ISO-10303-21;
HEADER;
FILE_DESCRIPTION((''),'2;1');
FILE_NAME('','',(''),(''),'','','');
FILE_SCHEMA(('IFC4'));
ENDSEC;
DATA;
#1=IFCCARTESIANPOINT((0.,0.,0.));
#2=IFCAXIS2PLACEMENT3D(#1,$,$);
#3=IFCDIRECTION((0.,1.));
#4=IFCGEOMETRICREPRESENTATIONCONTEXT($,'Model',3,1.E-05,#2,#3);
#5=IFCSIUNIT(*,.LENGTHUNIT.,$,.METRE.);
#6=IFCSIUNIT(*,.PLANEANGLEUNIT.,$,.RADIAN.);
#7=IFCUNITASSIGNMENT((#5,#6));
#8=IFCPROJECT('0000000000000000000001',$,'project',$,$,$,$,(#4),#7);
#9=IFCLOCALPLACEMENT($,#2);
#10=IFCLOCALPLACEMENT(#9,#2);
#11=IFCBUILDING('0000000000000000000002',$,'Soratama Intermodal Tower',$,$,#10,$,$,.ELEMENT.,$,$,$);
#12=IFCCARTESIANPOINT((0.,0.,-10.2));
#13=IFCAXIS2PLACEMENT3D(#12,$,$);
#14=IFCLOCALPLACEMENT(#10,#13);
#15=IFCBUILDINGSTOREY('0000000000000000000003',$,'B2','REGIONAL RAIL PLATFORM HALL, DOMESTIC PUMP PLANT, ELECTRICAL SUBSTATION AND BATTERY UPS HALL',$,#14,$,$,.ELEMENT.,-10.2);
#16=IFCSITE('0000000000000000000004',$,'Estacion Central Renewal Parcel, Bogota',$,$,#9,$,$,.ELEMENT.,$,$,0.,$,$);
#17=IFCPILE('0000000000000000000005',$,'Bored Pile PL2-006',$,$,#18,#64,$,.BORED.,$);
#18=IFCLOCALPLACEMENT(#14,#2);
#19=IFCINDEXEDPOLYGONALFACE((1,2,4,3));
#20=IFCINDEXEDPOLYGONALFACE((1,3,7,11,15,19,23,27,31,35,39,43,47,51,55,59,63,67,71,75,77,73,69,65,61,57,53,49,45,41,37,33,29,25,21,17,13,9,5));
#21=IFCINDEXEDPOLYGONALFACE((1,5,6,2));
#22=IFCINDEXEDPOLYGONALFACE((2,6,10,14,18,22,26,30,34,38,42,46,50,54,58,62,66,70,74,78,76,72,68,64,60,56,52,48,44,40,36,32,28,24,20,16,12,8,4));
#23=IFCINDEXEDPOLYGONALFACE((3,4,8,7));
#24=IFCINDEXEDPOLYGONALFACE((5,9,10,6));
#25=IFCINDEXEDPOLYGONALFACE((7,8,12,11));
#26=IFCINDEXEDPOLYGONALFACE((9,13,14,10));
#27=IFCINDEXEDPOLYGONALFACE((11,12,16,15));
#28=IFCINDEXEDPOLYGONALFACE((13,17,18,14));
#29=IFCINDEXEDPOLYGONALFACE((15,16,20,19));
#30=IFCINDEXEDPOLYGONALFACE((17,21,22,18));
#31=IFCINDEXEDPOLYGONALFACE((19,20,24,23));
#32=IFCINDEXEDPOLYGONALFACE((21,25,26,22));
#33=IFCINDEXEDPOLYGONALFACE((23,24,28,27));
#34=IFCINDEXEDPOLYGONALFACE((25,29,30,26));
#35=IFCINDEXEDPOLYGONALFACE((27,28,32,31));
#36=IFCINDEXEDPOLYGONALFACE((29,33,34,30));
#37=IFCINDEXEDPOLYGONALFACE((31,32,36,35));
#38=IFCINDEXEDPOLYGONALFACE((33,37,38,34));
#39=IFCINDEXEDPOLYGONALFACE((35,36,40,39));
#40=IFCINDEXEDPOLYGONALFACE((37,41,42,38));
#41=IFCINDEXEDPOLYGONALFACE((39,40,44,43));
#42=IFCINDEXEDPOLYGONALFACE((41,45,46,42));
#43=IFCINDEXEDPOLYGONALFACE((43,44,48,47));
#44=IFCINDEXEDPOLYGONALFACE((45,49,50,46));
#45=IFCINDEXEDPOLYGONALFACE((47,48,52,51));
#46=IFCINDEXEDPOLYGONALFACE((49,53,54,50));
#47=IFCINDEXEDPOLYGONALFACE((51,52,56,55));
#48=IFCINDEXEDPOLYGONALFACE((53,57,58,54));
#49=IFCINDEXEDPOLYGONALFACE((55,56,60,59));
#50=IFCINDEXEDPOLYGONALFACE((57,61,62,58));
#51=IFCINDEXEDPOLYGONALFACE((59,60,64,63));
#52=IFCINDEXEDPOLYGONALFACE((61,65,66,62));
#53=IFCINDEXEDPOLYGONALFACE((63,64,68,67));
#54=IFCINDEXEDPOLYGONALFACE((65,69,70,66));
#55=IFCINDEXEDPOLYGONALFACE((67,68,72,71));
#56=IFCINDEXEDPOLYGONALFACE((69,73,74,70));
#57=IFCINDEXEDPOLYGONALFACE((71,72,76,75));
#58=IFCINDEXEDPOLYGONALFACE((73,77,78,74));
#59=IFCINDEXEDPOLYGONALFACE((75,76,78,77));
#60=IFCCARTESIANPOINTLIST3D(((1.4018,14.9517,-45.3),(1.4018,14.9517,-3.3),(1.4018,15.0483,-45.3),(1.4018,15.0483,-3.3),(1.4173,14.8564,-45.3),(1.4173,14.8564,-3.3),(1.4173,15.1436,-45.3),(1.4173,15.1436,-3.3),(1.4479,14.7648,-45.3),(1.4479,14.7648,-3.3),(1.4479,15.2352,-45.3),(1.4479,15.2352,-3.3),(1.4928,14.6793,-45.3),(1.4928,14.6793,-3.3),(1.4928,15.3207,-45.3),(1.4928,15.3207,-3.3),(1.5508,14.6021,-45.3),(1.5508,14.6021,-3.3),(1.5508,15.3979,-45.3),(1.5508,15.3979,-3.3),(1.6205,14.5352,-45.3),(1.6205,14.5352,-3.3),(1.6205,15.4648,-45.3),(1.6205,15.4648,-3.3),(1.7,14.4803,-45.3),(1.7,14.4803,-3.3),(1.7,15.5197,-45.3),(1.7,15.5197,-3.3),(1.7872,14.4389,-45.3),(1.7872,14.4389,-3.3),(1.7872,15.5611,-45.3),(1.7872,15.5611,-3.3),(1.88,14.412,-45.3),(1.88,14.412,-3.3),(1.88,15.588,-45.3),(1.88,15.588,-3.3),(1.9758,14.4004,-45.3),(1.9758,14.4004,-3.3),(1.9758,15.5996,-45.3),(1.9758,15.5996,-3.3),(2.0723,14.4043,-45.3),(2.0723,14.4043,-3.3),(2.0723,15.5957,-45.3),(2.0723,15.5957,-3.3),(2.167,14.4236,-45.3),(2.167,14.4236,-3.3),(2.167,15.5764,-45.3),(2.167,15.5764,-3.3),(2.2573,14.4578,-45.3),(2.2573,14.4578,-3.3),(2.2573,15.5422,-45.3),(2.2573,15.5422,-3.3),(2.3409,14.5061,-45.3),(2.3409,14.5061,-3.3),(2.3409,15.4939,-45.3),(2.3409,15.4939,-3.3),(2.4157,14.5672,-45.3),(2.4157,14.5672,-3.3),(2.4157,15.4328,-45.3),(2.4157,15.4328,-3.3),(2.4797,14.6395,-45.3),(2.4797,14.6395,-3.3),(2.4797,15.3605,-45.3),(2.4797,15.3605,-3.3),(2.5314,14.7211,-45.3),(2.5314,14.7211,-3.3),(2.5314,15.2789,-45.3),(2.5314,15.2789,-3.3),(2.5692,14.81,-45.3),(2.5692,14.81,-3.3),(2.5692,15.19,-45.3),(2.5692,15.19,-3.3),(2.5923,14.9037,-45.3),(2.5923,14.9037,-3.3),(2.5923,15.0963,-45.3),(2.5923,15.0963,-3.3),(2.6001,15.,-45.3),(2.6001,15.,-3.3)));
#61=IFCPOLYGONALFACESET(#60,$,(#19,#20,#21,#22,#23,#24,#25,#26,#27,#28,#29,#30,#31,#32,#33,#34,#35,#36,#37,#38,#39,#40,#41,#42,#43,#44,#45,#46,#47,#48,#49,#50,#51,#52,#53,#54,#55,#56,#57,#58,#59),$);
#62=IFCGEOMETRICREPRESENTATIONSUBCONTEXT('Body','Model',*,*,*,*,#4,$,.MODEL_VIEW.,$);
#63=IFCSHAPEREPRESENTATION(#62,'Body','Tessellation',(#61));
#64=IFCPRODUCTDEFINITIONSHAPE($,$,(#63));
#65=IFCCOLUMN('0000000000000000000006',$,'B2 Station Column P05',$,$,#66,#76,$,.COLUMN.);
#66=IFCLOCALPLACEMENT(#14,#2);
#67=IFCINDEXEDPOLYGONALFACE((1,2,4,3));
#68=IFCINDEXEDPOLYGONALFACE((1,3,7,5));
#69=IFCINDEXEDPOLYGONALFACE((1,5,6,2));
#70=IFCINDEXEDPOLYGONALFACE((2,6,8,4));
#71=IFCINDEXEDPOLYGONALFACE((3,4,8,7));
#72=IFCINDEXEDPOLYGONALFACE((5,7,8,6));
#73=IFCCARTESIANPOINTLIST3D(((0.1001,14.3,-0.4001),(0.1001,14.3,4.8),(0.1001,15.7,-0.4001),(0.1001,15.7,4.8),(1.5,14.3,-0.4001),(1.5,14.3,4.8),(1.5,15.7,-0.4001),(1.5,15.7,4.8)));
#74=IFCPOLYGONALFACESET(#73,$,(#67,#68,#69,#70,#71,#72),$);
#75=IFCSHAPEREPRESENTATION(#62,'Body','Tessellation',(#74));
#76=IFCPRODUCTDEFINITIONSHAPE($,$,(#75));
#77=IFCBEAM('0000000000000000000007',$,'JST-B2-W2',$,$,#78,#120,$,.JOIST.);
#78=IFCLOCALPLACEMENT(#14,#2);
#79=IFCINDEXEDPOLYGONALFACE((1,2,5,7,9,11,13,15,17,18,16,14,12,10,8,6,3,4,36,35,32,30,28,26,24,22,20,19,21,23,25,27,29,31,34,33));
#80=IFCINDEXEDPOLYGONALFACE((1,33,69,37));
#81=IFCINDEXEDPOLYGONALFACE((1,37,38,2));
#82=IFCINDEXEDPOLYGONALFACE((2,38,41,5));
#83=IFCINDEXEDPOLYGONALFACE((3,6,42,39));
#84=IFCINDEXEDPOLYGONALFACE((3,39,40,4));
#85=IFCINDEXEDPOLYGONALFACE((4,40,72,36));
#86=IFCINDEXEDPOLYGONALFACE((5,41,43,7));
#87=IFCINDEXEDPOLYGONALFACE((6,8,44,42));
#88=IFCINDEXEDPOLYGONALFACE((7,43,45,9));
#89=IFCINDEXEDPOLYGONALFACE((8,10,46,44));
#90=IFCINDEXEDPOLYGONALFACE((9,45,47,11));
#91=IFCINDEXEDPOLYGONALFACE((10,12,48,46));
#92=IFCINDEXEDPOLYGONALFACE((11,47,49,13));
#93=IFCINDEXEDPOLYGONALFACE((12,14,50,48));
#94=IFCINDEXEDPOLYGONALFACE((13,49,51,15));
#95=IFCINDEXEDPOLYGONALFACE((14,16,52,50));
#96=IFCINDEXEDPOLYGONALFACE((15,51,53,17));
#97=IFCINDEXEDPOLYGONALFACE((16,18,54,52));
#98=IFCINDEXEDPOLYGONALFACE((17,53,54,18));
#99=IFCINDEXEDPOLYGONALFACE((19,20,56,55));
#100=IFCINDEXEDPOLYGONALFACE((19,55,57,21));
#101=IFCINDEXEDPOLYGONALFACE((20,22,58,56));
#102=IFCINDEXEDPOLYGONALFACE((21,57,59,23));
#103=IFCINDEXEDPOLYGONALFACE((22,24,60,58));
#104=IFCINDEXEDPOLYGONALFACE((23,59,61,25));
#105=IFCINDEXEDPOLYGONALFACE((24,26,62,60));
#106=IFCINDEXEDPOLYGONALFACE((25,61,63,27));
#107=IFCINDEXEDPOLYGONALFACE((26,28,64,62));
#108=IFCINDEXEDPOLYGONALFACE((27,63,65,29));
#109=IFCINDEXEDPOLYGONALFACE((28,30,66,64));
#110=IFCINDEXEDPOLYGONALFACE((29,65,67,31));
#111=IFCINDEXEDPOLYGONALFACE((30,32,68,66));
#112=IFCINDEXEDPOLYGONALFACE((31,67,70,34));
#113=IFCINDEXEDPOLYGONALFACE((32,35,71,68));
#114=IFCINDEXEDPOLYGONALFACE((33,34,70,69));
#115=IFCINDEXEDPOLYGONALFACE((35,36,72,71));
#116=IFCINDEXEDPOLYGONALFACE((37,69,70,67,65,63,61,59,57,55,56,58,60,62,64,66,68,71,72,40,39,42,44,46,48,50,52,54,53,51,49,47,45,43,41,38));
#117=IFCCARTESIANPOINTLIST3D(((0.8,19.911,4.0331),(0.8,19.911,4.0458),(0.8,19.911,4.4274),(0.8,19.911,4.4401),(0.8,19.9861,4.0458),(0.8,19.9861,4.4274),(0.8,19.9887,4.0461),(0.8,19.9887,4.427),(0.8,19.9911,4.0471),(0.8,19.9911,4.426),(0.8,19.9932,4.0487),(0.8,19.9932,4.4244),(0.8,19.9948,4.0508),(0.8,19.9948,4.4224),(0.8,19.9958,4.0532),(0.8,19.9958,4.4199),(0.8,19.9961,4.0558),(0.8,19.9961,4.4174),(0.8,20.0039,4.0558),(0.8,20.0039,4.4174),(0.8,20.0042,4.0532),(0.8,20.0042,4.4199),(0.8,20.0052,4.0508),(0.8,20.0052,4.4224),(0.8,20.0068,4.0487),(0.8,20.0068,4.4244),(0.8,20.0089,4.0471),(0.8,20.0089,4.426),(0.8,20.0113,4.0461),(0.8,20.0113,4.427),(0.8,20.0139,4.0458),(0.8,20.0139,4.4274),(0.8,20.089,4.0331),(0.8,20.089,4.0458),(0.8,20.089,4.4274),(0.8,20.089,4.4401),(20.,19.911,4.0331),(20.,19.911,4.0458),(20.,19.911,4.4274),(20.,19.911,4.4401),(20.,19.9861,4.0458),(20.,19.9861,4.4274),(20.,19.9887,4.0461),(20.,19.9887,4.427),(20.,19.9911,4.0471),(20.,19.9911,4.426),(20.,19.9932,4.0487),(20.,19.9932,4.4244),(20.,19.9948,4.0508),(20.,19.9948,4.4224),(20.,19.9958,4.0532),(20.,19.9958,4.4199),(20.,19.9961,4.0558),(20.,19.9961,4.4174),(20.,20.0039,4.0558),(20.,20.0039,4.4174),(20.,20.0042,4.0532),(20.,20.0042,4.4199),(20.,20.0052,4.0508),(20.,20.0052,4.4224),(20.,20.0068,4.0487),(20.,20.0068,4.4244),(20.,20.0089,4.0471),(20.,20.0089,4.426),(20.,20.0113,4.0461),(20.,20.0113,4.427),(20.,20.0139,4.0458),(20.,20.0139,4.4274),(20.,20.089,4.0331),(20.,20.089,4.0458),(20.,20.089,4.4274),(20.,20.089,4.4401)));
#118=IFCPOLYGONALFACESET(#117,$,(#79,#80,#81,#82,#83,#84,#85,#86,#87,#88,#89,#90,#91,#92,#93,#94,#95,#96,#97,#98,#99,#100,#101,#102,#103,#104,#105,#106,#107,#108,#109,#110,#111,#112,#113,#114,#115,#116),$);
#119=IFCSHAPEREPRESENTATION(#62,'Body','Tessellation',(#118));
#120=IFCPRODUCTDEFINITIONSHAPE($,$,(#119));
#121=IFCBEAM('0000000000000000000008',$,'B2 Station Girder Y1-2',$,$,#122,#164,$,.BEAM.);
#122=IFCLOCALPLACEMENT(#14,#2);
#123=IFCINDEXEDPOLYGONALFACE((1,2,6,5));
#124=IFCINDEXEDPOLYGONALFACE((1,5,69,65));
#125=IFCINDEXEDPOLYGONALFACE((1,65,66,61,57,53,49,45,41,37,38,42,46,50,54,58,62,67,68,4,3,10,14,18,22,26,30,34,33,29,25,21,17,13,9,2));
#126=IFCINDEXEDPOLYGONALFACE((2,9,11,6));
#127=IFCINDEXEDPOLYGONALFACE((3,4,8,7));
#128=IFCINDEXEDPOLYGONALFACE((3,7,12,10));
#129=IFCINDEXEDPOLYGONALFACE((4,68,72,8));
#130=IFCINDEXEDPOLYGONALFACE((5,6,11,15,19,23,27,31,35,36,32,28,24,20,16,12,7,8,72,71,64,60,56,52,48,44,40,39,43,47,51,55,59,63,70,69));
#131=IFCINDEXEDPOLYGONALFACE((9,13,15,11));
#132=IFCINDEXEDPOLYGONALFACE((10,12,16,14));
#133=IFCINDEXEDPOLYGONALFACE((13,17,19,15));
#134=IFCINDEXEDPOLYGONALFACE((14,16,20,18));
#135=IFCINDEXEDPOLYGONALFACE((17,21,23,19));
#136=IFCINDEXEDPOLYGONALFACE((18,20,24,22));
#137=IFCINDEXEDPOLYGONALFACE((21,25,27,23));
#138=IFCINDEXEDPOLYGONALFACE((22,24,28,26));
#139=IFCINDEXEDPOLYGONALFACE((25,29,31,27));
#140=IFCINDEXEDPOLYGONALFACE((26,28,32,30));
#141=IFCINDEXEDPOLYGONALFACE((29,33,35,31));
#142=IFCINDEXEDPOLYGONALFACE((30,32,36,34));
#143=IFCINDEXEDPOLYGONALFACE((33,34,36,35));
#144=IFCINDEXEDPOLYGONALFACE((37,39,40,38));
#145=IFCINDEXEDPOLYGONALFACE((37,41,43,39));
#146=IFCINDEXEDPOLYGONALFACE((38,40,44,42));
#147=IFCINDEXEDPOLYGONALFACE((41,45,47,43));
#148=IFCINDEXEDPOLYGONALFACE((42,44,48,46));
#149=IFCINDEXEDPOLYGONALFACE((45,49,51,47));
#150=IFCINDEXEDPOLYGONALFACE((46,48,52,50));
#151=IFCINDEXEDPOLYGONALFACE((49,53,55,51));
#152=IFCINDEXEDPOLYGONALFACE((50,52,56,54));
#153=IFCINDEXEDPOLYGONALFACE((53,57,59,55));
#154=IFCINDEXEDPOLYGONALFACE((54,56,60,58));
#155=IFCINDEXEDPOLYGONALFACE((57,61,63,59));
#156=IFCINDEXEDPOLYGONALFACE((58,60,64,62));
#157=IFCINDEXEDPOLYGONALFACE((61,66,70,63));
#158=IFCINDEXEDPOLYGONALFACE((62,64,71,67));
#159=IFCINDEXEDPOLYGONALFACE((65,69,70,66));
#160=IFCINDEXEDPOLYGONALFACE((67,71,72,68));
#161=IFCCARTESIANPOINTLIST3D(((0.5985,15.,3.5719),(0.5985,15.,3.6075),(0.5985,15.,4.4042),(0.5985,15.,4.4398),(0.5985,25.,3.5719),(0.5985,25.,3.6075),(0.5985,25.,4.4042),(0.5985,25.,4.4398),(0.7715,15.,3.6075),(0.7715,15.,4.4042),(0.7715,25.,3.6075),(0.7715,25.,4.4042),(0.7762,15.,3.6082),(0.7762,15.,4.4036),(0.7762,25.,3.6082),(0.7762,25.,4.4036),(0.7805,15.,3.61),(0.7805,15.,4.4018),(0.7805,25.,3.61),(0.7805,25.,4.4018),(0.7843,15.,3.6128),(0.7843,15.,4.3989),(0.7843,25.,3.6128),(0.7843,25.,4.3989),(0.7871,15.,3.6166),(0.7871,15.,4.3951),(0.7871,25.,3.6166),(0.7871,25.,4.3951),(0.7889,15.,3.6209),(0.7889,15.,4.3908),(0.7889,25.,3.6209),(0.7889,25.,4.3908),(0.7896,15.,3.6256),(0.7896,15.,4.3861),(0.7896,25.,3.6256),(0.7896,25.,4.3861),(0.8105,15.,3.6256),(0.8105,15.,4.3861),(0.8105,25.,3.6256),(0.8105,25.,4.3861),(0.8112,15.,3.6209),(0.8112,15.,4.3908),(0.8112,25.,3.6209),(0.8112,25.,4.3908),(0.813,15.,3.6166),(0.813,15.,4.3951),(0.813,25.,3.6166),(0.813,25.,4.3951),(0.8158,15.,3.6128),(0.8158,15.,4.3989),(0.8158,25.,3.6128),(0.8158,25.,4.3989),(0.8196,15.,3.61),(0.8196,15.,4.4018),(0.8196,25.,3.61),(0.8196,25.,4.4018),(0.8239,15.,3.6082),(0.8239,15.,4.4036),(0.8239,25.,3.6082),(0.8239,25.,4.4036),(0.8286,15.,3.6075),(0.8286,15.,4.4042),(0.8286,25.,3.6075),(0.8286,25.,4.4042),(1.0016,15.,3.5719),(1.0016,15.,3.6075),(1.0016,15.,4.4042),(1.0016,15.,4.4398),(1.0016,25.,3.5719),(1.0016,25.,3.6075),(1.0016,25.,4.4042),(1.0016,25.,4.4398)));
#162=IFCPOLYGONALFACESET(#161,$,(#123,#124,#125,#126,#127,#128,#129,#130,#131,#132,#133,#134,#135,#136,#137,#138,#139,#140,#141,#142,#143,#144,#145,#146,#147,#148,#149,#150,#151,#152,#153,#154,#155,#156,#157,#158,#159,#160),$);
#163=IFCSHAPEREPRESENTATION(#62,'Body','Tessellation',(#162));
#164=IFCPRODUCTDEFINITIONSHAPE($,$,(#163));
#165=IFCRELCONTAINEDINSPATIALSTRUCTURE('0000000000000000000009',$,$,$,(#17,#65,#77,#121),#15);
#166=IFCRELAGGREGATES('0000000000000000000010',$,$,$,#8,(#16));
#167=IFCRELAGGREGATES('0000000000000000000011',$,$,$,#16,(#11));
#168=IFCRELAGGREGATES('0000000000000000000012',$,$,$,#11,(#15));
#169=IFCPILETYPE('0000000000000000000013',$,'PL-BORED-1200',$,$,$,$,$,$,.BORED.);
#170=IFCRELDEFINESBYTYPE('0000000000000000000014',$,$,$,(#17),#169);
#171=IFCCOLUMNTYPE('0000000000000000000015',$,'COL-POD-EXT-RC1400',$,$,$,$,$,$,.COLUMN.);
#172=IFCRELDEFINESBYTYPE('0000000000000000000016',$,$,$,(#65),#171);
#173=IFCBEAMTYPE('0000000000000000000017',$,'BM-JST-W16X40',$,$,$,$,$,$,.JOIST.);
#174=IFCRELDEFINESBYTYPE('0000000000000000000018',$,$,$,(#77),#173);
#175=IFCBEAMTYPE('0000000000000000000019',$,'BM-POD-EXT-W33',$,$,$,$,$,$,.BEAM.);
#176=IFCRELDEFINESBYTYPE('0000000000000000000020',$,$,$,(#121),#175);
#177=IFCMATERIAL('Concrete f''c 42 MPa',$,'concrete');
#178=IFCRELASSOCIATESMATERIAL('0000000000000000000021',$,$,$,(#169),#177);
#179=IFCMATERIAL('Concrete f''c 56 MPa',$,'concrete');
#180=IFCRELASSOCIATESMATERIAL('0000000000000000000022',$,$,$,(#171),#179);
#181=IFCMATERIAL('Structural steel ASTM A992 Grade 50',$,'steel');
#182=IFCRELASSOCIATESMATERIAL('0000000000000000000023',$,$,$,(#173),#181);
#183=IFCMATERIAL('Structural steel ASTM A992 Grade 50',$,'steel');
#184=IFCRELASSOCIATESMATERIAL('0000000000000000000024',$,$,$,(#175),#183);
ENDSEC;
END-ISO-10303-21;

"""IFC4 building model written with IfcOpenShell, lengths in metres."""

from ifc_helpers import new_model, si_unit, direction, frame, origin, origin_2d, place, context, subcontext, project, spatial, rectangle, circle, i_section, extrude, material, material_profile, profile_set, type_object, element, save


model = new_model("IFC4")

# Units and contexts
model_context = context("Model", 3, precision=1e-05, world=origin(), true_north=direction((0.0, 1.0)))
body_context = subcontext(model_context, "Body", "Model", "MODEL_VIEW")
ifc_project = project(units=[si_unit("LENGTHUNIT", "METRE"), si_unit("PLANEANGLEUNIT", "RADIAN")], contexts=[model_context])

# Site, building, storey
site_placement = place(None, origin())
site = spatial("IfcSite", under=ifc_project, at=site_placement, Name="Estacion Central Renewal Parcel, Bogota", CompositionType="ELEMENT", RefElevation=0.0)
building_placement = place(site_placement, origin())
building = spatial("IfcBuilding", under=site, at=building_placement, Name="Soratama Intermodal Tower", CompositionType="ELEMENT")
storey_placement = place(building_placement, frame((0.0, 0.0, -10.2)))
storey = spatial("IfcBuildingStorey", under=building, at=storey_placement, Name="B2", Description="REGIONAL RAIL PLATFORM HALL, DOMESTIC PUMP PLANT, ELECTRICAL SUBSTATION AND BATTERY UPS HALL", CompositionType="ELEMENT", Elevation=-10.2)

# Pile
ifc_material_1 = material(Name="Concrete f'c 42 MPa", Category="concrete")
ifc_material_profile_1 = material_profile(ifc_material_1, circle(Radius=0.6001, at=origin_2d()), Name="PILE1200")
ifc_profile_set_1 = profile_set([ifc_material_profile_1], Name="Concrete f'c 42 MPa")
pile_type = type_object("IfcPileType", Name="PL-BORED-1200", PredefinedType="BORED", material=ifc_profile_set_1)
pile_placement = place(storey_placement, frame((2.0, 15.0, -3.3), z_axis=(0.0, 0.0, -1.0), x_axis=(1.0, 0.0, 0.0)))
element("IfcPile", 1, at=pile_placement, inside=storey, type_object=pile_type, Name="Bored Pile PL2-006", PredefinedType="BORED", context=body_context, shape_type="SweptSolid", body=[
    extrude(circle(Radius=0.6001, at=origin_2d()), origin(), (0.0, 0.0, 1.0), 42.0),
])

# Column
ifc_material_2 = material(Name="Concrete f'c 56 MPa", Category="concrete")
ifc_material_profile_2 = material_profile(ifc_material_2, rectangle(XDim=1.3999, YDim=1.3999, at=origin_2d()), Name="RC1400X1400")
ifc_profile_set_2 = profile_set([ifc_material_profile_2], Name="Concrete f'c 56 MPa")
column_type = type_object("IfcColumnType", Name="COL-POD-EXT-RC1400", PredefinedType="COLUMN", material=ifc_profile_set_2)
column_placement = place(storey_placement, frame((0.8, 15.0, -0.4001), z_axis=(0.0, 0.0, 1.0), x_axis=(1.0, 0.0, 0.0)))
element("IfcColumn", 2, at=column_placement, inside=storey, type_object=column_type, Name="B2 Station Column P05", PredefinedType="COLUMN", context=body_context, shape_type="SweptSolid", body=[
    extrude(rectangle(XDim=1.3999, YDim=1.3999, at=origin_2d()), origin(), (0.0, 0.0, 1.0), 5.2002),
])

# Beams
ifc_material_3 = material(Name="Structural steel ASTM A992 Grade 50", Category="steel")
ifc_material_profile_3 = material_profile(ifc_material_3, i_section(OverallWidth=0.178, OverallDepth=0.407, WebThickness=0.0078, FlangeThickness=0.0127, FilletRadius=0.01, at=origin_2d()), Name="W16X40")
ifc_profile_set_3 = profile_set([ifc_material_profile_3], Name="Structural steel ASTM A992 Grade 50")
beam_type_1 = type_object("IfcBeamType", Name="BM-JST-W16X40", PredefinedType="JOIST", material=ifc_profile_set_3)
beam_1_placement = place(storey_placement, frame((0.8, 20.0, 4.2366), z_axis=(1.0, 0.0, 0.0), x_axis=(0.0, 1.0, 0.0)))
element("IfcBeam", 3, at=beam_1_placement, inside=storey, type_object=beam_type_1, Name="JST-B2-W2", PredefinedType="JOIST", context=body_context, shape_type="SweptSolid", body=[
    extrude(i_section(OverallWidth=0.178, OverallDepth=0.407, WebThickness=0.0078, FlangeThickness=0.0127, FilletRadius=0.01, at=origin_2d()), origin(), (0.0, 0.0, 1.0), 19.2),
])
ifc_material_4 = material(Name="Structural steel ASTM A992 Grade 50", Category="steel")
ifc_material_profile_4 = material_profile(ifc_material_4, i_section(OverallWidth=0.4031, OverallDepth=0.8679, WebThickness=0.021, FlangeThickness=0.0356, FilletRadius=0.0181, at=origin_2d()), Name="W33X241")
ifc_profile_set_4 = profile_set([ifc_material_profile_4], Name="Structural steel ASTM A992 Grade 50")
beam_type_2 = type_object("IfcBeamType", Name="BM-POD-EXT-W33", PredefinedType="BEAM", material=ifc_profile_set_4)
beam_2_placement = place(storey_placement, frame((0.8, 15.0, 4.0059), z_axis=(0.0, 1.0, 0.0), x_axis=(-1.0, 0.0, 0.0)))
element("IfcBeam", 4, at=beam_2_placement, inside=storey, type_object=beam_type_2, Name="B2 Station Girder Y1-2", PredefinedType="BEAM", context=body_context, shape_type="SweptSolid", body=[
    extrude(i_section(OverallWidth=0.4031, OverallDepth=0.8679, WebThickness=0.021, FlangeThickness=0.0356, FilletRadius=0.0181, at=origin_2d()), origin(), (0.0, 0.0, 1.0), 10.0),
])

save(model, "model.ifc")
